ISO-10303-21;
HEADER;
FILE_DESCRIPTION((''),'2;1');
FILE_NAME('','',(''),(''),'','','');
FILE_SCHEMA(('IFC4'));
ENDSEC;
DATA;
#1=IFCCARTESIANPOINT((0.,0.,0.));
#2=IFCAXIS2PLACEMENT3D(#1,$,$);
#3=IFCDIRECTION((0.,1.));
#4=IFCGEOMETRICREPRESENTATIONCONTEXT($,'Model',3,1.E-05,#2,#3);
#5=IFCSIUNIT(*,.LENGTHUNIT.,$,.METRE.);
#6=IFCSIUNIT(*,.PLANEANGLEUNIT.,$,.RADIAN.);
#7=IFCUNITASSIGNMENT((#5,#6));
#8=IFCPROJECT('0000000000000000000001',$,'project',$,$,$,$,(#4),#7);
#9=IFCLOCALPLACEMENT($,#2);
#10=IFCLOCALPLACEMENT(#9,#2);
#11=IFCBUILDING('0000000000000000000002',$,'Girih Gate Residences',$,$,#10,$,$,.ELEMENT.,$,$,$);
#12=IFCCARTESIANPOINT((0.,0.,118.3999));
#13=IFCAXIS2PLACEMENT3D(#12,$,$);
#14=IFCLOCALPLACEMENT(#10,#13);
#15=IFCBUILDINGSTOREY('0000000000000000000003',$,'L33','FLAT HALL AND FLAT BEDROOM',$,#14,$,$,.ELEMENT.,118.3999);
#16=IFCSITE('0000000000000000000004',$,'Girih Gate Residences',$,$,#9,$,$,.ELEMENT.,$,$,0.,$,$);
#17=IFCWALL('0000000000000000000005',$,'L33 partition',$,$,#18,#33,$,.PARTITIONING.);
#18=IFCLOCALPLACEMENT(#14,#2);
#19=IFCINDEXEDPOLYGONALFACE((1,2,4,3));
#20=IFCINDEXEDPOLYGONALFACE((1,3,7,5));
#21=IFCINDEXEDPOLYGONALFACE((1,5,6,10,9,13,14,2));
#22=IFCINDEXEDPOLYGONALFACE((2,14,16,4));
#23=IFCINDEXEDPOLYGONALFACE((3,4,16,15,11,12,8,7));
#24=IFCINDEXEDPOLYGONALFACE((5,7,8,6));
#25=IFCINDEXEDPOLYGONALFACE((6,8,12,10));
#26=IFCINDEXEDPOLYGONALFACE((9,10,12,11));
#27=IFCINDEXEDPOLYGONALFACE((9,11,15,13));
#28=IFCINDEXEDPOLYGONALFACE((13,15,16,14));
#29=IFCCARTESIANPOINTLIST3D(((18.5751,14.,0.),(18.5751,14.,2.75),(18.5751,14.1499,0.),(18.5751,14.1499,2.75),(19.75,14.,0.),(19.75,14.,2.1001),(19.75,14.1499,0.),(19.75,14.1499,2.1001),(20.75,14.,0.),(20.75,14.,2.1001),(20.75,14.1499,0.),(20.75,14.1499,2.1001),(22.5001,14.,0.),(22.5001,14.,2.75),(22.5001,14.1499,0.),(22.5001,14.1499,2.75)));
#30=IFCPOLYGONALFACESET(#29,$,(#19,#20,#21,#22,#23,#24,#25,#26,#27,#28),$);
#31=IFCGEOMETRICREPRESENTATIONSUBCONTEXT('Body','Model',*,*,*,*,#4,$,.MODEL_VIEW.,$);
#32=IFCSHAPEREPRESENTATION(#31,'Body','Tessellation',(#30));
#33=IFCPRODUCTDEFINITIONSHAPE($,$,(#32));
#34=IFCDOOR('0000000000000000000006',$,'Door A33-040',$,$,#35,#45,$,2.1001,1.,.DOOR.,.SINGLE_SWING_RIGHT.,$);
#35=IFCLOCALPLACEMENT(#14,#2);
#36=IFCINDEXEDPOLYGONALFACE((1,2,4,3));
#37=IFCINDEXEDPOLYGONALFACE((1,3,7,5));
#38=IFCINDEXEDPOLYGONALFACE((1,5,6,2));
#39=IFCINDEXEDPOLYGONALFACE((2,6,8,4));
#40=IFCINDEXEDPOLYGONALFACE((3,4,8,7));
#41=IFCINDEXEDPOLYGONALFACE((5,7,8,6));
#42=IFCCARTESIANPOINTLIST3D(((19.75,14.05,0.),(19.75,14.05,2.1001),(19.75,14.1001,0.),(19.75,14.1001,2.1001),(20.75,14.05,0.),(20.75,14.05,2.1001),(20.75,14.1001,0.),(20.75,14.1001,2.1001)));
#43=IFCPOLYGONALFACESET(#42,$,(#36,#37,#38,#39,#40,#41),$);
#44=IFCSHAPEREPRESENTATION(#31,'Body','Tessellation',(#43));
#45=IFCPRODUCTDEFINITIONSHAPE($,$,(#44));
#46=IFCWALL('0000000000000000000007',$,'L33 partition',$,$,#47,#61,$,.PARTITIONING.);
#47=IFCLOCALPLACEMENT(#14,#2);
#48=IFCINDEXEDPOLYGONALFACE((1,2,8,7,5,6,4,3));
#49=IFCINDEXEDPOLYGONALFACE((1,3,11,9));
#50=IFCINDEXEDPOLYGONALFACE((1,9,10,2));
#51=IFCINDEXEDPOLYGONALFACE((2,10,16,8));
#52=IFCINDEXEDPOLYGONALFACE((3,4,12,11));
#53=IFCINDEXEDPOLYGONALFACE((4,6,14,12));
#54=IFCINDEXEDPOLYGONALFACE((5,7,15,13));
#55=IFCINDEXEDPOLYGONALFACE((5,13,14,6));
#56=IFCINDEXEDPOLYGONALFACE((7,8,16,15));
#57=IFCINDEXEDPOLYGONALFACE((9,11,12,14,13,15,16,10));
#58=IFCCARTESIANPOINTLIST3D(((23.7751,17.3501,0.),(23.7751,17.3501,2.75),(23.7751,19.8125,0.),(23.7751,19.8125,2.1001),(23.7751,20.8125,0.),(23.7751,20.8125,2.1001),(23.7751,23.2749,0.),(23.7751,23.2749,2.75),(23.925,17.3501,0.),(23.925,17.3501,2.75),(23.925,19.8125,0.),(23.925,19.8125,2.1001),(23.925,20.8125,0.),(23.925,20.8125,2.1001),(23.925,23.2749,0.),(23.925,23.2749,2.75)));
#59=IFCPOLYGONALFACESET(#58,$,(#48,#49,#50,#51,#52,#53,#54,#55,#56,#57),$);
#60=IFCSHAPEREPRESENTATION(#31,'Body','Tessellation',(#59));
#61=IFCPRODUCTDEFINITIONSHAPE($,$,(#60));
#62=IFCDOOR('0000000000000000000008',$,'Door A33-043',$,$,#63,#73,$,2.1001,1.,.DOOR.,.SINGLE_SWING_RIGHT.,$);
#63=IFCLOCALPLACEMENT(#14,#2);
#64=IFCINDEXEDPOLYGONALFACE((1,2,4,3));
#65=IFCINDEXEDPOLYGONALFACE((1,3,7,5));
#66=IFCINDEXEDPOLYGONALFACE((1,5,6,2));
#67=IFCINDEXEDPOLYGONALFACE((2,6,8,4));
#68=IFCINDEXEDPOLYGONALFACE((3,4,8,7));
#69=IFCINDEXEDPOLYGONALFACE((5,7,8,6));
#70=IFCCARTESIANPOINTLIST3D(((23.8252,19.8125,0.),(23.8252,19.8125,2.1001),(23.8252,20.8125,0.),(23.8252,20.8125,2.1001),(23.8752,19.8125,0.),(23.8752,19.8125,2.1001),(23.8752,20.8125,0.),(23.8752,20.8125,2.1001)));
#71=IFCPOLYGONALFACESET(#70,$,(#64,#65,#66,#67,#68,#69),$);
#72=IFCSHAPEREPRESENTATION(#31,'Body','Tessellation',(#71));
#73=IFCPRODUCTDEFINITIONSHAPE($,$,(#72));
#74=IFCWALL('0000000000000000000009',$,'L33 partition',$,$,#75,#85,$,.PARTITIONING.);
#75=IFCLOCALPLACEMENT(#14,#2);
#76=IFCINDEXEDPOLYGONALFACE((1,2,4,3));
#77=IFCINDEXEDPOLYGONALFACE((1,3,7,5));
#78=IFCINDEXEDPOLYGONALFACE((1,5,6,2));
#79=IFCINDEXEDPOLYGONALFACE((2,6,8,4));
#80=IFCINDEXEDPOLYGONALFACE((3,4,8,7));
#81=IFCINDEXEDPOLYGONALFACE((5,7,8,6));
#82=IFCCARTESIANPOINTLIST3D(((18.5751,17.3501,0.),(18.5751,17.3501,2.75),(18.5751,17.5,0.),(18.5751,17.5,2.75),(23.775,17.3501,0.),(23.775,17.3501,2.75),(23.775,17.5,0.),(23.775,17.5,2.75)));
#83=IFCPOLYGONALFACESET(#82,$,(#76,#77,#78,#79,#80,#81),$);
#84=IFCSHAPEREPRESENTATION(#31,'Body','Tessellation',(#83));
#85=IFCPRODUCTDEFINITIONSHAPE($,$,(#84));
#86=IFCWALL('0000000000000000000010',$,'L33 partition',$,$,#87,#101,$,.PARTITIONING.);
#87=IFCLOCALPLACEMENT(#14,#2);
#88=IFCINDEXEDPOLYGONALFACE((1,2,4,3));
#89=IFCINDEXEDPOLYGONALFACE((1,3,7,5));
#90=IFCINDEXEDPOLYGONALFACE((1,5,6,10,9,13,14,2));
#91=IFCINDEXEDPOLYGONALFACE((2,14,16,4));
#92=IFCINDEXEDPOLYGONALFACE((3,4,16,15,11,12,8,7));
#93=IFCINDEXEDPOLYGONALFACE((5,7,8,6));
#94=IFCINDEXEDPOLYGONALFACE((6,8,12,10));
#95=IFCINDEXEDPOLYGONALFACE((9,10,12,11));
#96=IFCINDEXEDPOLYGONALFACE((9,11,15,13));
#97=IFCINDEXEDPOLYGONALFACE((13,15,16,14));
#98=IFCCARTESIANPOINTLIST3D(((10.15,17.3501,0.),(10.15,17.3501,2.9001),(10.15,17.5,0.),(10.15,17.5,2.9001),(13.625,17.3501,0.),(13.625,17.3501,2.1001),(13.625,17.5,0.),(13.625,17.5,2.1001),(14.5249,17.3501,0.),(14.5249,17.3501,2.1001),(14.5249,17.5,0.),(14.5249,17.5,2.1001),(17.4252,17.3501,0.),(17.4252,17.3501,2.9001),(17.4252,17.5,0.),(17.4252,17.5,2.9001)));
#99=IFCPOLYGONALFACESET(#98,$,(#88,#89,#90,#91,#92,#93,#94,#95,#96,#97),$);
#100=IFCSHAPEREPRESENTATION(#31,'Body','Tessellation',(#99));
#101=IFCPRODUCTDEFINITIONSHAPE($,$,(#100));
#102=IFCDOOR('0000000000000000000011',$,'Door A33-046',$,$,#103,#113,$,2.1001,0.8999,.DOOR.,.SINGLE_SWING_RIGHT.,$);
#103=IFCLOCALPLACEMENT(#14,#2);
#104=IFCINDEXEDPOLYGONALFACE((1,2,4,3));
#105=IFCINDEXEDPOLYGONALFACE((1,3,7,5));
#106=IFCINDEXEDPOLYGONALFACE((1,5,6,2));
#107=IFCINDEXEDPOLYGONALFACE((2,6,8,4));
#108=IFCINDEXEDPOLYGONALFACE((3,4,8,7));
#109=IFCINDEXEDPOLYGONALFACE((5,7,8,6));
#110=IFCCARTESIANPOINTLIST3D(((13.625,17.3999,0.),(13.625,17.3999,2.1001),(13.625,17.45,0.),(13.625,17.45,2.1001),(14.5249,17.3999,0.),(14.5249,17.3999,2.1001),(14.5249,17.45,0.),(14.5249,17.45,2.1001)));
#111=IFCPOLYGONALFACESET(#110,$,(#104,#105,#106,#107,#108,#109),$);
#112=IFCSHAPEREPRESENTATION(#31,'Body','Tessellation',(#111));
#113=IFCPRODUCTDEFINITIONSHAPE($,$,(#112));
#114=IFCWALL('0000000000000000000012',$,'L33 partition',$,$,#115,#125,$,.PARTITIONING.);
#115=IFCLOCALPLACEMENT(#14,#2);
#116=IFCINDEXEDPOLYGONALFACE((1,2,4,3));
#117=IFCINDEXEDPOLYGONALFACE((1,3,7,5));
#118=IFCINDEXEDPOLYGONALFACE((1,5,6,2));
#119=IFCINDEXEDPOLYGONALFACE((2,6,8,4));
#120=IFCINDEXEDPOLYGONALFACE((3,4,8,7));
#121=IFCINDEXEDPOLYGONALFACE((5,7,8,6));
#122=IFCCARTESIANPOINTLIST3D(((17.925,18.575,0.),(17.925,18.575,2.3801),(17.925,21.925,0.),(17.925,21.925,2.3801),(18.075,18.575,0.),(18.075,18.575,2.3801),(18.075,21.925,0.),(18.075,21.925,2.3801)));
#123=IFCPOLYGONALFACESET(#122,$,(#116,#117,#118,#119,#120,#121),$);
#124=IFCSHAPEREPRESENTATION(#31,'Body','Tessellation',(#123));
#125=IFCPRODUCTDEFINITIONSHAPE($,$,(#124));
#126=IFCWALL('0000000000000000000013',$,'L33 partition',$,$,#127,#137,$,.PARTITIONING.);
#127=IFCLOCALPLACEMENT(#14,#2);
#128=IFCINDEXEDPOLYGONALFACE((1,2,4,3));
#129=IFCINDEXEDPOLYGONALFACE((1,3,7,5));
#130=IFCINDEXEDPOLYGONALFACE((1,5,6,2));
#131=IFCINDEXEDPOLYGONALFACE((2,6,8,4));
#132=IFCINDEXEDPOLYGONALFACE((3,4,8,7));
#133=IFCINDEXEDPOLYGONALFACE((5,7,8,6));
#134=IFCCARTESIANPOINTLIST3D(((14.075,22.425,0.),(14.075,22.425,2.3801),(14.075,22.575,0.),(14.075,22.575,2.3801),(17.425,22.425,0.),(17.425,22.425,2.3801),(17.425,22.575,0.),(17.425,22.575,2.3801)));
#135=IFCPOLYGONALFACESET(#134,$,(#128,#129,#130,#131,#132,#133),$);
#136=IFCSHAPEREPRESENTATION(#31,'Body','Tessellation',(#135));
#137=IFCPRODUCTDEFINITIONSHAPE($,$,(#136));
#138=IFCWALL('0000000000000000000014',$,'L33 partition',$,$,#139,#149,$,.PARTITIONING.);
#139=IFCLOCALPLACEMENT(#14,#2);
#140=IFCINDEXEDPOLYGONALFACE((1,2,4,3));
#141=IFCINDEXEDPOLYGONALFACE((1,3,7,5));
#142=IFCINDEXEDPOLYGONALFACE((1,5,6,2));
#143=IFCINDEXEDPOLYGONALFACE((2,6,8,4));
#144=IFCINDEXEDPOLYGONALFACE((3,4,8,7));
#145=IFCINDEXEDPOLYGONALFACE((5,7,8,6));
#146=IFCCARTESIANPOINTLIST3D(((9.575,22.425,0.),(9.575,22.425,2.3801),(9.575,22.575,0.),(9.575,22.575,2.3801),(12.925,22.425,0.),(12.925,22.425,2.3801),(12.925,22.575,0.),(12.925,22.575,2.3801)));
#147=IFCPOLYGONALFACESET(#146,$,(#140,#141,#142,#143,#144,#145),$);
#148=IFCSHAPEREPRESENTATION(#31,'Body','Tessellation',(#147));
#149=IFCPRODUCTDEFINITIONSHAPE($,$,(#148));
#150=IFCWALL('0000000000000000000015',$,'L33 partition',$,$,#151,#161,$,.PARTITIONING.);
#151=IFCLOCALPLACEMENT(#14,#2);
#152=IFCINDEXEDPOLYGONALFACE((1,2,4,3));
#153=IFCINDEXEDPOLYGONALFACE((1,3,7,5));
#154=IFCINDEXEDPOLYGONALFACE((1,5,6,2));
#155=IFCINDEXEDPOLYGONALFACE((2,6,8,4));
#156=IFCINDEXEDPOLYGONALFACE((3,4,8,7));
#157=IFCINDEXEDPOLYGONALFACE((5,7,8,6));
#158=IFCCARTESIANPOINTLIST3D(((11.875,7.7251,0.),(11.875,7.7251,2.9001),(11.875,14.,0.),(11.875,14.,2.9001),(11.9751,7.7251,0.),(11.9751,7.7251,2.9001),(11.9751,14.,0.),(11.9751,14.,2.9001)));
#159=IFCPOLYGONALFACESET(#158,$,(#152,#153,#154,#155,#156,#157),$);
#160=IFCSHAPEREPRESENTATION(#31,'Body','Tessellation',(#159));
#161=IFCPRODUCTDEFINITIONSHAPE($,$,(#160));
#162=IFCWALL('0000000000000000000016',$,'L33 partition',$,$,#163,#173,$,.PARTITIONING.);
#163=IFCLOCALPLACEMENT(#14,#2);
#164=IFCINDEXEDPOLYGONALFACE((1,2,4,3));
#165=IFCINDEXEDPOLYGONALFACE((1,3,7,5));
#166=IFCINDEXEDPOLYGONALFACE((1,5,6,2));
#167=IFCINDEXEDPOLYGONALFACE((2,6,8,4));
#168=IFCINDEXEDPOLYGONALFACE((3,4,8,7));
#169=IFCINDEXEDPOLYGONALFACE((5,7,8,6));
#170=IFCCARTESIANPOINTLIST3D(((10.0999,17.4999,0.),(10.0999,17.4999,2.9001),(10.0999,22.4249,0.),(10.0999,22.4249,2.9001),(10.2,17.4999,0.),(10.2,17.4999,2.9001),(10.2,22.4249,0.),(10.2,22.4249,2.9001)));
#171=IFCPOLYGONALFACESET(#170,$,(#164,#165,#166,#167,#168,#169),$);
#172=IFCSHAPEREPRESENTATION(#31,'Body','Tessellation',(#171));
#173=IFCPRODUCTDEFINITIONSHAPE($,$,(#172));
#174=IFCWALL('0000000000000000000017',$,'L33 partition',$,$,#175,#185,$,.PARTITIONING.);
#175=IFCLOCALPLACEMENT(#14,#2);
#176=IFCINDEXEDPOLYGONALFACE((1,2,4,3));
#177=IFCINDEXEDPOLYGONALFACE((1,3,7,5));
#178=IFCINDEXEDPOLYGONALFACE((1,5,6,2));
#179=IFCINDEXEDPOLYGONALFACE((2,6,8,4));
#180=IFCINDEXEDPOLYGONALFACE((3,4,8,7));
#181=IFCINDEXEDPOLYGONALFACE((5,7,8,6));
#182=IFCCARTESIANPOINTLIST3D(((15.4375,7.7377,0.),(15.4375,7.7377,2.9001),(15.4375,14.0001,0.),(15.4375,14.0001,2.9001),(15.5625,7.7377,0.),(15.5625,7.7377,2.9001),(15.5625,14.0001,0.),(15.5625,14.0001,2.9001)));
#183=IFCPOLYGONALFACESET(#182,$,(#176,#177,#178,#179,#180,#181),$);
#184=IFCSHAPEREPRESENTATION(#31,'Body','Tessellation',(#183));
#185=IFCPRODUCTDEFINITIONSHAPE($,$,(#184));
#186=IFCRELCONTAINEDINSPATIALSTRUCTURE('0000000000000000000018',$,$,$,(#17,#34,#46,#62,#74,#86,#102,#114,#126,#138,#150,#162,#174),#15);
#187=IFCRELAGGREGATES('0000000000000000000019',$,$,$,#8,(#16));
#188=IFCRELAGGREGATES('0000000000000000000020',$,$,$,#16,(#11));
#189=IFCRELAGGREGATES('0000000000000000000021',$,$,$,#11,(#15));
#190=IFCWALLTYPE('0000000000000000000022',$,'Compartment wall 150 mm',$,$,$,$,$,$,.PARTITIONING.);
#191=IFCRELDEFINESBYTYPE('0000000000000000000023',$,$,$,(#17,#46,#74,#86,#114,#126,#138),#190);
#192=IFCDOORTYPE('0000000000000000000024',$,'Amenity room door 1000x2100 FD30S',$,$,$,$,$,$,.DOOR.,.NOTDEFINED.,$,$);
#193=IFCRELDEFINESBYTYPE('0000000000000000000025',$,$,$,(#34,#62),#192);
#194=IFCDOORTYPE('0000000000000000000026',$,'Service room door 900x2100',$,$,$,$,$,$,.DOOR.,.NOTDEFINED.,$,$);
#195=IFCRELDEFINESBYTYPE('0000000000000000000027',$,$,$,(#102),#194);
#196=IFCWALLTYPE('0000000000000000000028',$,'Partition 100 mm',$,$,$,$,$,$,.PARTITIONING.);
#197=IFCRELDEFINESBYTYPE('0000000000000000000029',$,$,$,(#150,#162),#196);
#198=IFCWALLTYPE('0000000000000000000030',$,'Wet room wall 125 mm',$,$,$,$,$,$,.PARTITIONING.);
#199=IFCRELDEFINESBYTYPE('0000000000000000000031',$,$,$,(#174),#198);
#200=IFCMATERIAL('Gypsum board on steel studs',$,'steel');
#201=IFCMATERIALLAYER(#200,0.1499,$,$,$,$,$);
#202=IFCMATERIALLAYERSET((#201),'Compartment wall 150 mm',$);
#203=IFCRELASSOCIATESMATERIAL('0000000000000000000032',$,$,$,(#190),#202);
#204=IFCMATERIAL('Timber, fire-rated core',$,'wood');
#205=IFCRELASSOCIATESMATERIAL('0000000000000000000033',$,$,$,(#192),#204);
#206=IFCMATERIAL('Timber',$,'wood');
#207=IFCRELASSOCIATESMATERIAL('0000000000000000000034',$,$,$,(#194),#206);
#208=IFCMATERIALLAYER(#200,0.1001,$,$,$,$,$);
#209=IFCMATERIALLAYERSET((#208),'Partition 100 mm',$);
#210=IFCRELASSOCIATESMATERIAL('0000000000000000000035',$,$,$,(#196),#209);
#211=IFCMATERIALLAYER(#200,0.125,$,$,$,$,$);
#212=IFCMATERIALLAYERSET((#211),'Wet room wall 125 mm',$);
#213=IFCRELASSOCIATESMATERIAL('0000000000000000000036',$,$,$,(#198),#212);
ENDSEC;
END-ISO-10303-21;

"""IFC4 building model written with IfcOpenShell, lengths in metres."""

from ifc_helpers import new_model, si_unit, direction, frame, frame_2d, origin, place, context, subcontext, project, spatial, rectangle, extrude, material, layer, layer_set, type_object, element, fill, save


model = new_model("IFC4")

# Units and contexts
model_context = context("Model", 3, precision=1e-05, world=origin(), true_north=direction((0.0, 1.0)))
body_context = subcontext(model_context, "Body", "Model", "MODEL_VIEW")
ifc_project = project(units=[si_unit("LENGTHUNIT", "METRE"), si_unit("PLANEANGLEUNIT", "RADIAN")], contexts=[model_context])

# Site, building, storey
site_placement = place(None, origin())
site = spatial("IfcSite", under=ifc_project, at=site_placement, Name="Girih Gate Residences", CompositionType="ELEMENT", RefElevation=0.0)
building_placement = place(site_placement, origin())
building = spatial("IfcBuilding", under=site, at=building_placement, Name="Girih Gate Residences", CompositionType="ELEMENT")
storey_placement = place(building_placement, frame((0.0, 0.0, 118.3999)))
storey = spatial("IfcBuildingStorey", under=building, at=storey_placement, Name="L33", Description="FLAT HALL AND FLAT BEDROOM", CompositionType="ELEMENT", Elevation=118.3999)

# Shared definitions
ifc_material_1 = material(Name="Gypsum board on steel studs", Category="steel")

# Shared definitions
ifc_layer_1 = layer(ifc_material_1, 0.1499)
ifc_layer_set_1 = layer_set([ifc_layer_1], Name="Compartment wall 150 mm")
wall_type_1 = type_object("IfcWallType", Name="Compartment wall 150 mm", PredefinedType="PARTITIONING", material=ifc_layer_set_1)
ifc_material_2 = material(Name="Timber, fire-rated core", Category="wood")

# Walls, openings, doors
wall_1_placement = place(storey_placement, frame((22.5, 14.075, 0.0), z_axis=(0.0, 0.0, 1.0), x_axis=(-1.0, 0.0, 0.0)))
wall_1 = element("IfcWall", 1, at=wall_1_placement, inside=storey, type_object=wall_type_1, Name="L33 partition", PredefinedType="PARTITIONING", context=body_context, shape_type="SweptSolid", body=[
    extrude(rectangle(XDim=3.925, YDim=0.1499, at=frame_2d((1.9624, 0.0))), origin(), (0.0, 0.0, 1.0), 2.75),
])
opening_1_placement = place(wall_1_placement, frame((1.75, 0.0, 0.0)))
opening_1 = element("IfcOpeningElement", 2, at=opening_1_placement, cuts=wall_1, PredefinedType="OPENING", context=body_context, shape_type="SweptSolid", body=[
    extrude(rectangle(XDim=1.0, YDim=2.1001, at=frame_2d((0.5, 1.05))), frame((0.0, 0.085, 0.0), z_axis=(0.0, -1.0, 0.0), x_axis=(1.0, 0.0, 0.0)), (0.0, 0.0, 1.0), 0.1699),
])
door_type_1 = type_object("IfcDoorType", Name="Amenity room door 1000x2100 FD30S", OperationType="NOTDEFINED", PredefinedType="DOOR", material=ifc_material_2)
door_1_placement = place(opening_1_placement, origin())
door_1 = element("IfcDoor", 3, at=door_1_placement, inside=storey, type_object=door_type_1, Name="Door A33-040", OperationType="SINGLE_SWING_RIGHT", OverallHeight=2.1001, OverallWidth=1.0, PredefinedType="DOOR", context=body_context, shape_type="SweptSolid", body=[
    extrude(rectangle(XDim=1.0, YDim=2.1001, at=frame_2d((0.5, 1.05))), frame((0.0, 0.0249, 0.0), z_axis=(0.0, -1.0, 0.0), x_axis=(1.0, 0.0, 0.0)), (0.0, 0.0, 1.0), 0.05),
])
fill(opening_1, door_1)
wall_2_placement = place(storey_placement, frame((23.8501, 17.3501, 0.0), z_axis=(0.0, 0.0, 1.0), x_axis=(0.0, 1.0, 0.0)))
wall_2 = element("IfcWall", 4, at=wall_2_placement, inside=storey, type_object=wall_type_1, Name="L33 partition", PredefinedType="PARTITIONING", context=body_context, shape_type="SweptSolid", body=[
    extrude(rectangle(XDim=5.9248, YDim=0.1499, at=frame_2d((2.9624, 0.0))), origin(), (0.0, 0.0, 1.0), 2.75),
])
opening_2_placement = place(wall_2_placement, frame((2.4624, 0.0, 0.0)))
opening_2 = element("IfcOpeningElement", 5, at=opening_2_placement, cuts=wall_2, PredefinedType="OPENING", context=body_context, shape_type="SweptSolid", body=[
    extrude(rectangle(XDim=1.0, YDim=2.1001, at=frame_2d((0.5, 1.05))), frame((0.0, 0.085, 0.0), z_axis=(0.0, -1.0, 0.0), x_axis=(1.0, 0.0, 0.0)), (0.0, 0.0, 1.0), 0.1699),
])
door_2_placement = place(opening_2_placement, origin())
door_2 = element("IfcDoor", 6, at=door_2_placement, inside=storey, type_object=door_type_1, Name="Door A33-043", OperationType="SINGLE_SWING_RIGHT", OverallHeight=2.1001, OverallWidth=1.0, PredefinedType="DOOR", context=body_context, shape_type="SweptSolid", body=[
    extrude(rectangle(XDim=1.0, YDim=2.1001, at=frame_2d((0.5, 1.05))), frame((0.0, 0.0249, 0.0), z_axis=(0.0, -1.0, 0.0), x_axis=(1.0, 0.0, 0.0)), (0.0, 0.0, 1.0), 0.05),
])
fill(opening_2, door_2)

# Wall
wall_3_placement = place(storey_placement, frame((18.575, 17.425, 0.0), z_axis=(0.0, 0.0, 1.0), x_axis=(1.0, 0.0, 0.0)))
element("IfcWall", 7, at=wall_3_placement, inside=storey, type_object=wall_type_1, Name="L33 partition", PredefinedType="PARTITIONING", context=body_context, shape_type="SweptSolid", body=[
    extrude(rectangle(XDim=5.2, YDim=0.1499, at=frame_2d((2.6001, 0.0))), origin(), (0.0, 0.0, 1.0), 2.75),
])

# Wall, opening, door
wall_4_placement = place(storey_placement, frame((10.1499, 17.425, 0.0), z_axis=(0.0, 0.0, 1.0), x_axis=(1.0, 0.0, 0.0)))
wall_4 = element("IfcWall", 8, at=wall_4_placement, inside=storey, type_object=wall_type_1, Name="L33 partition", PredefinedType="PARTITIONING", context=body_context, shape_type="SweptSolid", body=[
    extrude(rectangle(XDim=7.2751, YDim=0.1499, at=frame_2d((3.6377, 0.0))), origin(), (0.0, 0.0, 1.0), 2.9001),
])
opening_3_placement = place(wall_4_placement, frame((3.4751, 0.0, 0.0)))
opening_3 = element("IfcOpeningElement", 9, at=opening_3_placement, cuts=wall_4, PredefinedType="OPENING", context=body_context, shape_type="SweptSolid", body=[
    extrude(rectangle(XDim=0.8999, YDim=2.1001, at=frame_2d((0.45, 1.05))), frame((0.0, 0.085, 0.0), z_axis=(0.0, -1.0, 0.0), x_axis=(1.0, 0.0, 0.0)), (0.0, 0.0, 1.0), 0.1699),
])
ifc_material_3 = material(Name="Timber", Category="wood")
door_type_2 = type_object("IfcDoorType", Name="Service room door 900x2100", OperationType="NOTDEFINED", PredefinedType="DOOR", material=ifc_material_3)
door_3_placement = place(opening_3_placement, origin())
door_3 = element("IfcDoor", 10, at=door_3_placement, inside=storey, type_object=door_type_2, Name="Door A33-046", OperationType="SINGLE_SWING_RIGHT", OverallHeight=2.1001, OverallWidth=0.8999, PredefinedType="DOOR", context=body_context, shape_type="SweptSolid", body=[
    extrude(rectangle(XDim=0.8999, YDim=2.1001, at=frame_2d((0.45, 1.05))), frame((0.0, 0.0249, 0.0), z_axis=(0.0, -1.0, 0.0), x_axis=(1.0, 0.0, 0.0)), (0.0, 0.0, 1.0), 0.05),
])
fill(opening_3, door_3)

# Walls
for number, where, z_axis, x_axis, name in (
    (11, (18.0, 18.575, 0.0), (0.0, 0.0, 1.0), (0.0, 1.0, 0.0), "L33 partition"),
    (12, (14.075, 22.5, 0.0), (0.0, 0.0, 1.0), (1.0, 0.0, 0.0), "L33 partition"),
    (13, (9.575, 22.5, 0.0), (0.0, 0.0, 1.0), (1.0, 0.0, 0.0), "L33 partition"),
):
    element("IfcWall", number, at=place(storey_placement, frame(where, z_axis=z_axis, x_axis=x_axis)), inside=storey, type_object=wall_type_1, Name=name, PredefinedType="PARTITIONING", context=body_context, shape_type="SweptSolid", body=[
        extrude(rectangle(XDim=3.3501, YDim=0.1499, at=frame_2d((1.675, 0.0))), origin(), (0.0, 0.0, 1.0), 2.3801),
    ])
ifc_layer_2 = layer(ifc_material_1, 0.1001)
ifc_layer_set_2 = layer_set([ifc_layer_2], Name="Partition 100 mm")
wall_type_2 = type_object("IfcWallType", Name="Partition 100 mm", PredefinedType="PARTITIONING", material=ifc_layer_set_2)
wall_5_placement = place(storey_placement, frame((11.925, 7.7251, 0.0), z_axis=(0.0, 0.0, 1.0), x_axis=(0.0, 1.0, 0.0)))
element("IfcWall", 14, at=wall_5_placement, inside=storey, type_object=wall_type_2, Name="L33 partition", PredefinedType="PARTITIONING", context=body_context, shape_type="SweptSolid", body=[
    extrude(rectangle(XDim=6.2749, YDim=0.1001, at=frame_2d((3.1375, 0.0))), origin(), (0.0, 0.0, 1.0), 2.9001),
])
wall_6_placement = place(storey_placement, frame((10.1499, 17.5, 0.0), z_axis=(0.0, 0.0, 1.0), x_axis=(0.0, 1.0, 0.0)))
element("IfcWall", 15, at=wall_6_placement, inside=storey, type_object=wall_type_2, Name="L33 partition", PredefinedType="PARTITIONING", context=body_context, shape_type="SweptSolid", body=[
    extrude(rectangle(XDim=4.925, YDim=0.1001, at=frame_2d((2.4624, 0.0))), origin(), (0.0, 0.0, 1.0), 2.9001),
])
ifc_layer_3 = layer(ifc_material_1, 0.125)
ifc_layer_set_3 = layer_set([ifc_layer_3], Name="Wet room wall 125 mm")
wall_type_3 = type_object("IfcWallType", Name="Wet room wall 125 mm", PredefinedType="PARTITIONING", material=ifc_layer_set_3)
wall_7_placement = place(storey_placement, frame((15.5, 7.7375, 0.0), z_axis=(0.0, 0.0, 1.0), x_axis=(0.0, 1.0, 0.0)))
element("IfcWall", 16, at=wall_7_placement, inside=storey, type_object=wall_type_3, Name="L33 partition", PredefinedType="PARTITIONING", context=body_context, shape_type="SweptSolid", body=[
    extrude(rectangle(XDim=6.2625, YDim=0.125, at=frame_2d((3.1313, 0.0))), origin(), (0.0, 0.0, 1.0), 2.9001),
])

save(model, "model.ifc")
